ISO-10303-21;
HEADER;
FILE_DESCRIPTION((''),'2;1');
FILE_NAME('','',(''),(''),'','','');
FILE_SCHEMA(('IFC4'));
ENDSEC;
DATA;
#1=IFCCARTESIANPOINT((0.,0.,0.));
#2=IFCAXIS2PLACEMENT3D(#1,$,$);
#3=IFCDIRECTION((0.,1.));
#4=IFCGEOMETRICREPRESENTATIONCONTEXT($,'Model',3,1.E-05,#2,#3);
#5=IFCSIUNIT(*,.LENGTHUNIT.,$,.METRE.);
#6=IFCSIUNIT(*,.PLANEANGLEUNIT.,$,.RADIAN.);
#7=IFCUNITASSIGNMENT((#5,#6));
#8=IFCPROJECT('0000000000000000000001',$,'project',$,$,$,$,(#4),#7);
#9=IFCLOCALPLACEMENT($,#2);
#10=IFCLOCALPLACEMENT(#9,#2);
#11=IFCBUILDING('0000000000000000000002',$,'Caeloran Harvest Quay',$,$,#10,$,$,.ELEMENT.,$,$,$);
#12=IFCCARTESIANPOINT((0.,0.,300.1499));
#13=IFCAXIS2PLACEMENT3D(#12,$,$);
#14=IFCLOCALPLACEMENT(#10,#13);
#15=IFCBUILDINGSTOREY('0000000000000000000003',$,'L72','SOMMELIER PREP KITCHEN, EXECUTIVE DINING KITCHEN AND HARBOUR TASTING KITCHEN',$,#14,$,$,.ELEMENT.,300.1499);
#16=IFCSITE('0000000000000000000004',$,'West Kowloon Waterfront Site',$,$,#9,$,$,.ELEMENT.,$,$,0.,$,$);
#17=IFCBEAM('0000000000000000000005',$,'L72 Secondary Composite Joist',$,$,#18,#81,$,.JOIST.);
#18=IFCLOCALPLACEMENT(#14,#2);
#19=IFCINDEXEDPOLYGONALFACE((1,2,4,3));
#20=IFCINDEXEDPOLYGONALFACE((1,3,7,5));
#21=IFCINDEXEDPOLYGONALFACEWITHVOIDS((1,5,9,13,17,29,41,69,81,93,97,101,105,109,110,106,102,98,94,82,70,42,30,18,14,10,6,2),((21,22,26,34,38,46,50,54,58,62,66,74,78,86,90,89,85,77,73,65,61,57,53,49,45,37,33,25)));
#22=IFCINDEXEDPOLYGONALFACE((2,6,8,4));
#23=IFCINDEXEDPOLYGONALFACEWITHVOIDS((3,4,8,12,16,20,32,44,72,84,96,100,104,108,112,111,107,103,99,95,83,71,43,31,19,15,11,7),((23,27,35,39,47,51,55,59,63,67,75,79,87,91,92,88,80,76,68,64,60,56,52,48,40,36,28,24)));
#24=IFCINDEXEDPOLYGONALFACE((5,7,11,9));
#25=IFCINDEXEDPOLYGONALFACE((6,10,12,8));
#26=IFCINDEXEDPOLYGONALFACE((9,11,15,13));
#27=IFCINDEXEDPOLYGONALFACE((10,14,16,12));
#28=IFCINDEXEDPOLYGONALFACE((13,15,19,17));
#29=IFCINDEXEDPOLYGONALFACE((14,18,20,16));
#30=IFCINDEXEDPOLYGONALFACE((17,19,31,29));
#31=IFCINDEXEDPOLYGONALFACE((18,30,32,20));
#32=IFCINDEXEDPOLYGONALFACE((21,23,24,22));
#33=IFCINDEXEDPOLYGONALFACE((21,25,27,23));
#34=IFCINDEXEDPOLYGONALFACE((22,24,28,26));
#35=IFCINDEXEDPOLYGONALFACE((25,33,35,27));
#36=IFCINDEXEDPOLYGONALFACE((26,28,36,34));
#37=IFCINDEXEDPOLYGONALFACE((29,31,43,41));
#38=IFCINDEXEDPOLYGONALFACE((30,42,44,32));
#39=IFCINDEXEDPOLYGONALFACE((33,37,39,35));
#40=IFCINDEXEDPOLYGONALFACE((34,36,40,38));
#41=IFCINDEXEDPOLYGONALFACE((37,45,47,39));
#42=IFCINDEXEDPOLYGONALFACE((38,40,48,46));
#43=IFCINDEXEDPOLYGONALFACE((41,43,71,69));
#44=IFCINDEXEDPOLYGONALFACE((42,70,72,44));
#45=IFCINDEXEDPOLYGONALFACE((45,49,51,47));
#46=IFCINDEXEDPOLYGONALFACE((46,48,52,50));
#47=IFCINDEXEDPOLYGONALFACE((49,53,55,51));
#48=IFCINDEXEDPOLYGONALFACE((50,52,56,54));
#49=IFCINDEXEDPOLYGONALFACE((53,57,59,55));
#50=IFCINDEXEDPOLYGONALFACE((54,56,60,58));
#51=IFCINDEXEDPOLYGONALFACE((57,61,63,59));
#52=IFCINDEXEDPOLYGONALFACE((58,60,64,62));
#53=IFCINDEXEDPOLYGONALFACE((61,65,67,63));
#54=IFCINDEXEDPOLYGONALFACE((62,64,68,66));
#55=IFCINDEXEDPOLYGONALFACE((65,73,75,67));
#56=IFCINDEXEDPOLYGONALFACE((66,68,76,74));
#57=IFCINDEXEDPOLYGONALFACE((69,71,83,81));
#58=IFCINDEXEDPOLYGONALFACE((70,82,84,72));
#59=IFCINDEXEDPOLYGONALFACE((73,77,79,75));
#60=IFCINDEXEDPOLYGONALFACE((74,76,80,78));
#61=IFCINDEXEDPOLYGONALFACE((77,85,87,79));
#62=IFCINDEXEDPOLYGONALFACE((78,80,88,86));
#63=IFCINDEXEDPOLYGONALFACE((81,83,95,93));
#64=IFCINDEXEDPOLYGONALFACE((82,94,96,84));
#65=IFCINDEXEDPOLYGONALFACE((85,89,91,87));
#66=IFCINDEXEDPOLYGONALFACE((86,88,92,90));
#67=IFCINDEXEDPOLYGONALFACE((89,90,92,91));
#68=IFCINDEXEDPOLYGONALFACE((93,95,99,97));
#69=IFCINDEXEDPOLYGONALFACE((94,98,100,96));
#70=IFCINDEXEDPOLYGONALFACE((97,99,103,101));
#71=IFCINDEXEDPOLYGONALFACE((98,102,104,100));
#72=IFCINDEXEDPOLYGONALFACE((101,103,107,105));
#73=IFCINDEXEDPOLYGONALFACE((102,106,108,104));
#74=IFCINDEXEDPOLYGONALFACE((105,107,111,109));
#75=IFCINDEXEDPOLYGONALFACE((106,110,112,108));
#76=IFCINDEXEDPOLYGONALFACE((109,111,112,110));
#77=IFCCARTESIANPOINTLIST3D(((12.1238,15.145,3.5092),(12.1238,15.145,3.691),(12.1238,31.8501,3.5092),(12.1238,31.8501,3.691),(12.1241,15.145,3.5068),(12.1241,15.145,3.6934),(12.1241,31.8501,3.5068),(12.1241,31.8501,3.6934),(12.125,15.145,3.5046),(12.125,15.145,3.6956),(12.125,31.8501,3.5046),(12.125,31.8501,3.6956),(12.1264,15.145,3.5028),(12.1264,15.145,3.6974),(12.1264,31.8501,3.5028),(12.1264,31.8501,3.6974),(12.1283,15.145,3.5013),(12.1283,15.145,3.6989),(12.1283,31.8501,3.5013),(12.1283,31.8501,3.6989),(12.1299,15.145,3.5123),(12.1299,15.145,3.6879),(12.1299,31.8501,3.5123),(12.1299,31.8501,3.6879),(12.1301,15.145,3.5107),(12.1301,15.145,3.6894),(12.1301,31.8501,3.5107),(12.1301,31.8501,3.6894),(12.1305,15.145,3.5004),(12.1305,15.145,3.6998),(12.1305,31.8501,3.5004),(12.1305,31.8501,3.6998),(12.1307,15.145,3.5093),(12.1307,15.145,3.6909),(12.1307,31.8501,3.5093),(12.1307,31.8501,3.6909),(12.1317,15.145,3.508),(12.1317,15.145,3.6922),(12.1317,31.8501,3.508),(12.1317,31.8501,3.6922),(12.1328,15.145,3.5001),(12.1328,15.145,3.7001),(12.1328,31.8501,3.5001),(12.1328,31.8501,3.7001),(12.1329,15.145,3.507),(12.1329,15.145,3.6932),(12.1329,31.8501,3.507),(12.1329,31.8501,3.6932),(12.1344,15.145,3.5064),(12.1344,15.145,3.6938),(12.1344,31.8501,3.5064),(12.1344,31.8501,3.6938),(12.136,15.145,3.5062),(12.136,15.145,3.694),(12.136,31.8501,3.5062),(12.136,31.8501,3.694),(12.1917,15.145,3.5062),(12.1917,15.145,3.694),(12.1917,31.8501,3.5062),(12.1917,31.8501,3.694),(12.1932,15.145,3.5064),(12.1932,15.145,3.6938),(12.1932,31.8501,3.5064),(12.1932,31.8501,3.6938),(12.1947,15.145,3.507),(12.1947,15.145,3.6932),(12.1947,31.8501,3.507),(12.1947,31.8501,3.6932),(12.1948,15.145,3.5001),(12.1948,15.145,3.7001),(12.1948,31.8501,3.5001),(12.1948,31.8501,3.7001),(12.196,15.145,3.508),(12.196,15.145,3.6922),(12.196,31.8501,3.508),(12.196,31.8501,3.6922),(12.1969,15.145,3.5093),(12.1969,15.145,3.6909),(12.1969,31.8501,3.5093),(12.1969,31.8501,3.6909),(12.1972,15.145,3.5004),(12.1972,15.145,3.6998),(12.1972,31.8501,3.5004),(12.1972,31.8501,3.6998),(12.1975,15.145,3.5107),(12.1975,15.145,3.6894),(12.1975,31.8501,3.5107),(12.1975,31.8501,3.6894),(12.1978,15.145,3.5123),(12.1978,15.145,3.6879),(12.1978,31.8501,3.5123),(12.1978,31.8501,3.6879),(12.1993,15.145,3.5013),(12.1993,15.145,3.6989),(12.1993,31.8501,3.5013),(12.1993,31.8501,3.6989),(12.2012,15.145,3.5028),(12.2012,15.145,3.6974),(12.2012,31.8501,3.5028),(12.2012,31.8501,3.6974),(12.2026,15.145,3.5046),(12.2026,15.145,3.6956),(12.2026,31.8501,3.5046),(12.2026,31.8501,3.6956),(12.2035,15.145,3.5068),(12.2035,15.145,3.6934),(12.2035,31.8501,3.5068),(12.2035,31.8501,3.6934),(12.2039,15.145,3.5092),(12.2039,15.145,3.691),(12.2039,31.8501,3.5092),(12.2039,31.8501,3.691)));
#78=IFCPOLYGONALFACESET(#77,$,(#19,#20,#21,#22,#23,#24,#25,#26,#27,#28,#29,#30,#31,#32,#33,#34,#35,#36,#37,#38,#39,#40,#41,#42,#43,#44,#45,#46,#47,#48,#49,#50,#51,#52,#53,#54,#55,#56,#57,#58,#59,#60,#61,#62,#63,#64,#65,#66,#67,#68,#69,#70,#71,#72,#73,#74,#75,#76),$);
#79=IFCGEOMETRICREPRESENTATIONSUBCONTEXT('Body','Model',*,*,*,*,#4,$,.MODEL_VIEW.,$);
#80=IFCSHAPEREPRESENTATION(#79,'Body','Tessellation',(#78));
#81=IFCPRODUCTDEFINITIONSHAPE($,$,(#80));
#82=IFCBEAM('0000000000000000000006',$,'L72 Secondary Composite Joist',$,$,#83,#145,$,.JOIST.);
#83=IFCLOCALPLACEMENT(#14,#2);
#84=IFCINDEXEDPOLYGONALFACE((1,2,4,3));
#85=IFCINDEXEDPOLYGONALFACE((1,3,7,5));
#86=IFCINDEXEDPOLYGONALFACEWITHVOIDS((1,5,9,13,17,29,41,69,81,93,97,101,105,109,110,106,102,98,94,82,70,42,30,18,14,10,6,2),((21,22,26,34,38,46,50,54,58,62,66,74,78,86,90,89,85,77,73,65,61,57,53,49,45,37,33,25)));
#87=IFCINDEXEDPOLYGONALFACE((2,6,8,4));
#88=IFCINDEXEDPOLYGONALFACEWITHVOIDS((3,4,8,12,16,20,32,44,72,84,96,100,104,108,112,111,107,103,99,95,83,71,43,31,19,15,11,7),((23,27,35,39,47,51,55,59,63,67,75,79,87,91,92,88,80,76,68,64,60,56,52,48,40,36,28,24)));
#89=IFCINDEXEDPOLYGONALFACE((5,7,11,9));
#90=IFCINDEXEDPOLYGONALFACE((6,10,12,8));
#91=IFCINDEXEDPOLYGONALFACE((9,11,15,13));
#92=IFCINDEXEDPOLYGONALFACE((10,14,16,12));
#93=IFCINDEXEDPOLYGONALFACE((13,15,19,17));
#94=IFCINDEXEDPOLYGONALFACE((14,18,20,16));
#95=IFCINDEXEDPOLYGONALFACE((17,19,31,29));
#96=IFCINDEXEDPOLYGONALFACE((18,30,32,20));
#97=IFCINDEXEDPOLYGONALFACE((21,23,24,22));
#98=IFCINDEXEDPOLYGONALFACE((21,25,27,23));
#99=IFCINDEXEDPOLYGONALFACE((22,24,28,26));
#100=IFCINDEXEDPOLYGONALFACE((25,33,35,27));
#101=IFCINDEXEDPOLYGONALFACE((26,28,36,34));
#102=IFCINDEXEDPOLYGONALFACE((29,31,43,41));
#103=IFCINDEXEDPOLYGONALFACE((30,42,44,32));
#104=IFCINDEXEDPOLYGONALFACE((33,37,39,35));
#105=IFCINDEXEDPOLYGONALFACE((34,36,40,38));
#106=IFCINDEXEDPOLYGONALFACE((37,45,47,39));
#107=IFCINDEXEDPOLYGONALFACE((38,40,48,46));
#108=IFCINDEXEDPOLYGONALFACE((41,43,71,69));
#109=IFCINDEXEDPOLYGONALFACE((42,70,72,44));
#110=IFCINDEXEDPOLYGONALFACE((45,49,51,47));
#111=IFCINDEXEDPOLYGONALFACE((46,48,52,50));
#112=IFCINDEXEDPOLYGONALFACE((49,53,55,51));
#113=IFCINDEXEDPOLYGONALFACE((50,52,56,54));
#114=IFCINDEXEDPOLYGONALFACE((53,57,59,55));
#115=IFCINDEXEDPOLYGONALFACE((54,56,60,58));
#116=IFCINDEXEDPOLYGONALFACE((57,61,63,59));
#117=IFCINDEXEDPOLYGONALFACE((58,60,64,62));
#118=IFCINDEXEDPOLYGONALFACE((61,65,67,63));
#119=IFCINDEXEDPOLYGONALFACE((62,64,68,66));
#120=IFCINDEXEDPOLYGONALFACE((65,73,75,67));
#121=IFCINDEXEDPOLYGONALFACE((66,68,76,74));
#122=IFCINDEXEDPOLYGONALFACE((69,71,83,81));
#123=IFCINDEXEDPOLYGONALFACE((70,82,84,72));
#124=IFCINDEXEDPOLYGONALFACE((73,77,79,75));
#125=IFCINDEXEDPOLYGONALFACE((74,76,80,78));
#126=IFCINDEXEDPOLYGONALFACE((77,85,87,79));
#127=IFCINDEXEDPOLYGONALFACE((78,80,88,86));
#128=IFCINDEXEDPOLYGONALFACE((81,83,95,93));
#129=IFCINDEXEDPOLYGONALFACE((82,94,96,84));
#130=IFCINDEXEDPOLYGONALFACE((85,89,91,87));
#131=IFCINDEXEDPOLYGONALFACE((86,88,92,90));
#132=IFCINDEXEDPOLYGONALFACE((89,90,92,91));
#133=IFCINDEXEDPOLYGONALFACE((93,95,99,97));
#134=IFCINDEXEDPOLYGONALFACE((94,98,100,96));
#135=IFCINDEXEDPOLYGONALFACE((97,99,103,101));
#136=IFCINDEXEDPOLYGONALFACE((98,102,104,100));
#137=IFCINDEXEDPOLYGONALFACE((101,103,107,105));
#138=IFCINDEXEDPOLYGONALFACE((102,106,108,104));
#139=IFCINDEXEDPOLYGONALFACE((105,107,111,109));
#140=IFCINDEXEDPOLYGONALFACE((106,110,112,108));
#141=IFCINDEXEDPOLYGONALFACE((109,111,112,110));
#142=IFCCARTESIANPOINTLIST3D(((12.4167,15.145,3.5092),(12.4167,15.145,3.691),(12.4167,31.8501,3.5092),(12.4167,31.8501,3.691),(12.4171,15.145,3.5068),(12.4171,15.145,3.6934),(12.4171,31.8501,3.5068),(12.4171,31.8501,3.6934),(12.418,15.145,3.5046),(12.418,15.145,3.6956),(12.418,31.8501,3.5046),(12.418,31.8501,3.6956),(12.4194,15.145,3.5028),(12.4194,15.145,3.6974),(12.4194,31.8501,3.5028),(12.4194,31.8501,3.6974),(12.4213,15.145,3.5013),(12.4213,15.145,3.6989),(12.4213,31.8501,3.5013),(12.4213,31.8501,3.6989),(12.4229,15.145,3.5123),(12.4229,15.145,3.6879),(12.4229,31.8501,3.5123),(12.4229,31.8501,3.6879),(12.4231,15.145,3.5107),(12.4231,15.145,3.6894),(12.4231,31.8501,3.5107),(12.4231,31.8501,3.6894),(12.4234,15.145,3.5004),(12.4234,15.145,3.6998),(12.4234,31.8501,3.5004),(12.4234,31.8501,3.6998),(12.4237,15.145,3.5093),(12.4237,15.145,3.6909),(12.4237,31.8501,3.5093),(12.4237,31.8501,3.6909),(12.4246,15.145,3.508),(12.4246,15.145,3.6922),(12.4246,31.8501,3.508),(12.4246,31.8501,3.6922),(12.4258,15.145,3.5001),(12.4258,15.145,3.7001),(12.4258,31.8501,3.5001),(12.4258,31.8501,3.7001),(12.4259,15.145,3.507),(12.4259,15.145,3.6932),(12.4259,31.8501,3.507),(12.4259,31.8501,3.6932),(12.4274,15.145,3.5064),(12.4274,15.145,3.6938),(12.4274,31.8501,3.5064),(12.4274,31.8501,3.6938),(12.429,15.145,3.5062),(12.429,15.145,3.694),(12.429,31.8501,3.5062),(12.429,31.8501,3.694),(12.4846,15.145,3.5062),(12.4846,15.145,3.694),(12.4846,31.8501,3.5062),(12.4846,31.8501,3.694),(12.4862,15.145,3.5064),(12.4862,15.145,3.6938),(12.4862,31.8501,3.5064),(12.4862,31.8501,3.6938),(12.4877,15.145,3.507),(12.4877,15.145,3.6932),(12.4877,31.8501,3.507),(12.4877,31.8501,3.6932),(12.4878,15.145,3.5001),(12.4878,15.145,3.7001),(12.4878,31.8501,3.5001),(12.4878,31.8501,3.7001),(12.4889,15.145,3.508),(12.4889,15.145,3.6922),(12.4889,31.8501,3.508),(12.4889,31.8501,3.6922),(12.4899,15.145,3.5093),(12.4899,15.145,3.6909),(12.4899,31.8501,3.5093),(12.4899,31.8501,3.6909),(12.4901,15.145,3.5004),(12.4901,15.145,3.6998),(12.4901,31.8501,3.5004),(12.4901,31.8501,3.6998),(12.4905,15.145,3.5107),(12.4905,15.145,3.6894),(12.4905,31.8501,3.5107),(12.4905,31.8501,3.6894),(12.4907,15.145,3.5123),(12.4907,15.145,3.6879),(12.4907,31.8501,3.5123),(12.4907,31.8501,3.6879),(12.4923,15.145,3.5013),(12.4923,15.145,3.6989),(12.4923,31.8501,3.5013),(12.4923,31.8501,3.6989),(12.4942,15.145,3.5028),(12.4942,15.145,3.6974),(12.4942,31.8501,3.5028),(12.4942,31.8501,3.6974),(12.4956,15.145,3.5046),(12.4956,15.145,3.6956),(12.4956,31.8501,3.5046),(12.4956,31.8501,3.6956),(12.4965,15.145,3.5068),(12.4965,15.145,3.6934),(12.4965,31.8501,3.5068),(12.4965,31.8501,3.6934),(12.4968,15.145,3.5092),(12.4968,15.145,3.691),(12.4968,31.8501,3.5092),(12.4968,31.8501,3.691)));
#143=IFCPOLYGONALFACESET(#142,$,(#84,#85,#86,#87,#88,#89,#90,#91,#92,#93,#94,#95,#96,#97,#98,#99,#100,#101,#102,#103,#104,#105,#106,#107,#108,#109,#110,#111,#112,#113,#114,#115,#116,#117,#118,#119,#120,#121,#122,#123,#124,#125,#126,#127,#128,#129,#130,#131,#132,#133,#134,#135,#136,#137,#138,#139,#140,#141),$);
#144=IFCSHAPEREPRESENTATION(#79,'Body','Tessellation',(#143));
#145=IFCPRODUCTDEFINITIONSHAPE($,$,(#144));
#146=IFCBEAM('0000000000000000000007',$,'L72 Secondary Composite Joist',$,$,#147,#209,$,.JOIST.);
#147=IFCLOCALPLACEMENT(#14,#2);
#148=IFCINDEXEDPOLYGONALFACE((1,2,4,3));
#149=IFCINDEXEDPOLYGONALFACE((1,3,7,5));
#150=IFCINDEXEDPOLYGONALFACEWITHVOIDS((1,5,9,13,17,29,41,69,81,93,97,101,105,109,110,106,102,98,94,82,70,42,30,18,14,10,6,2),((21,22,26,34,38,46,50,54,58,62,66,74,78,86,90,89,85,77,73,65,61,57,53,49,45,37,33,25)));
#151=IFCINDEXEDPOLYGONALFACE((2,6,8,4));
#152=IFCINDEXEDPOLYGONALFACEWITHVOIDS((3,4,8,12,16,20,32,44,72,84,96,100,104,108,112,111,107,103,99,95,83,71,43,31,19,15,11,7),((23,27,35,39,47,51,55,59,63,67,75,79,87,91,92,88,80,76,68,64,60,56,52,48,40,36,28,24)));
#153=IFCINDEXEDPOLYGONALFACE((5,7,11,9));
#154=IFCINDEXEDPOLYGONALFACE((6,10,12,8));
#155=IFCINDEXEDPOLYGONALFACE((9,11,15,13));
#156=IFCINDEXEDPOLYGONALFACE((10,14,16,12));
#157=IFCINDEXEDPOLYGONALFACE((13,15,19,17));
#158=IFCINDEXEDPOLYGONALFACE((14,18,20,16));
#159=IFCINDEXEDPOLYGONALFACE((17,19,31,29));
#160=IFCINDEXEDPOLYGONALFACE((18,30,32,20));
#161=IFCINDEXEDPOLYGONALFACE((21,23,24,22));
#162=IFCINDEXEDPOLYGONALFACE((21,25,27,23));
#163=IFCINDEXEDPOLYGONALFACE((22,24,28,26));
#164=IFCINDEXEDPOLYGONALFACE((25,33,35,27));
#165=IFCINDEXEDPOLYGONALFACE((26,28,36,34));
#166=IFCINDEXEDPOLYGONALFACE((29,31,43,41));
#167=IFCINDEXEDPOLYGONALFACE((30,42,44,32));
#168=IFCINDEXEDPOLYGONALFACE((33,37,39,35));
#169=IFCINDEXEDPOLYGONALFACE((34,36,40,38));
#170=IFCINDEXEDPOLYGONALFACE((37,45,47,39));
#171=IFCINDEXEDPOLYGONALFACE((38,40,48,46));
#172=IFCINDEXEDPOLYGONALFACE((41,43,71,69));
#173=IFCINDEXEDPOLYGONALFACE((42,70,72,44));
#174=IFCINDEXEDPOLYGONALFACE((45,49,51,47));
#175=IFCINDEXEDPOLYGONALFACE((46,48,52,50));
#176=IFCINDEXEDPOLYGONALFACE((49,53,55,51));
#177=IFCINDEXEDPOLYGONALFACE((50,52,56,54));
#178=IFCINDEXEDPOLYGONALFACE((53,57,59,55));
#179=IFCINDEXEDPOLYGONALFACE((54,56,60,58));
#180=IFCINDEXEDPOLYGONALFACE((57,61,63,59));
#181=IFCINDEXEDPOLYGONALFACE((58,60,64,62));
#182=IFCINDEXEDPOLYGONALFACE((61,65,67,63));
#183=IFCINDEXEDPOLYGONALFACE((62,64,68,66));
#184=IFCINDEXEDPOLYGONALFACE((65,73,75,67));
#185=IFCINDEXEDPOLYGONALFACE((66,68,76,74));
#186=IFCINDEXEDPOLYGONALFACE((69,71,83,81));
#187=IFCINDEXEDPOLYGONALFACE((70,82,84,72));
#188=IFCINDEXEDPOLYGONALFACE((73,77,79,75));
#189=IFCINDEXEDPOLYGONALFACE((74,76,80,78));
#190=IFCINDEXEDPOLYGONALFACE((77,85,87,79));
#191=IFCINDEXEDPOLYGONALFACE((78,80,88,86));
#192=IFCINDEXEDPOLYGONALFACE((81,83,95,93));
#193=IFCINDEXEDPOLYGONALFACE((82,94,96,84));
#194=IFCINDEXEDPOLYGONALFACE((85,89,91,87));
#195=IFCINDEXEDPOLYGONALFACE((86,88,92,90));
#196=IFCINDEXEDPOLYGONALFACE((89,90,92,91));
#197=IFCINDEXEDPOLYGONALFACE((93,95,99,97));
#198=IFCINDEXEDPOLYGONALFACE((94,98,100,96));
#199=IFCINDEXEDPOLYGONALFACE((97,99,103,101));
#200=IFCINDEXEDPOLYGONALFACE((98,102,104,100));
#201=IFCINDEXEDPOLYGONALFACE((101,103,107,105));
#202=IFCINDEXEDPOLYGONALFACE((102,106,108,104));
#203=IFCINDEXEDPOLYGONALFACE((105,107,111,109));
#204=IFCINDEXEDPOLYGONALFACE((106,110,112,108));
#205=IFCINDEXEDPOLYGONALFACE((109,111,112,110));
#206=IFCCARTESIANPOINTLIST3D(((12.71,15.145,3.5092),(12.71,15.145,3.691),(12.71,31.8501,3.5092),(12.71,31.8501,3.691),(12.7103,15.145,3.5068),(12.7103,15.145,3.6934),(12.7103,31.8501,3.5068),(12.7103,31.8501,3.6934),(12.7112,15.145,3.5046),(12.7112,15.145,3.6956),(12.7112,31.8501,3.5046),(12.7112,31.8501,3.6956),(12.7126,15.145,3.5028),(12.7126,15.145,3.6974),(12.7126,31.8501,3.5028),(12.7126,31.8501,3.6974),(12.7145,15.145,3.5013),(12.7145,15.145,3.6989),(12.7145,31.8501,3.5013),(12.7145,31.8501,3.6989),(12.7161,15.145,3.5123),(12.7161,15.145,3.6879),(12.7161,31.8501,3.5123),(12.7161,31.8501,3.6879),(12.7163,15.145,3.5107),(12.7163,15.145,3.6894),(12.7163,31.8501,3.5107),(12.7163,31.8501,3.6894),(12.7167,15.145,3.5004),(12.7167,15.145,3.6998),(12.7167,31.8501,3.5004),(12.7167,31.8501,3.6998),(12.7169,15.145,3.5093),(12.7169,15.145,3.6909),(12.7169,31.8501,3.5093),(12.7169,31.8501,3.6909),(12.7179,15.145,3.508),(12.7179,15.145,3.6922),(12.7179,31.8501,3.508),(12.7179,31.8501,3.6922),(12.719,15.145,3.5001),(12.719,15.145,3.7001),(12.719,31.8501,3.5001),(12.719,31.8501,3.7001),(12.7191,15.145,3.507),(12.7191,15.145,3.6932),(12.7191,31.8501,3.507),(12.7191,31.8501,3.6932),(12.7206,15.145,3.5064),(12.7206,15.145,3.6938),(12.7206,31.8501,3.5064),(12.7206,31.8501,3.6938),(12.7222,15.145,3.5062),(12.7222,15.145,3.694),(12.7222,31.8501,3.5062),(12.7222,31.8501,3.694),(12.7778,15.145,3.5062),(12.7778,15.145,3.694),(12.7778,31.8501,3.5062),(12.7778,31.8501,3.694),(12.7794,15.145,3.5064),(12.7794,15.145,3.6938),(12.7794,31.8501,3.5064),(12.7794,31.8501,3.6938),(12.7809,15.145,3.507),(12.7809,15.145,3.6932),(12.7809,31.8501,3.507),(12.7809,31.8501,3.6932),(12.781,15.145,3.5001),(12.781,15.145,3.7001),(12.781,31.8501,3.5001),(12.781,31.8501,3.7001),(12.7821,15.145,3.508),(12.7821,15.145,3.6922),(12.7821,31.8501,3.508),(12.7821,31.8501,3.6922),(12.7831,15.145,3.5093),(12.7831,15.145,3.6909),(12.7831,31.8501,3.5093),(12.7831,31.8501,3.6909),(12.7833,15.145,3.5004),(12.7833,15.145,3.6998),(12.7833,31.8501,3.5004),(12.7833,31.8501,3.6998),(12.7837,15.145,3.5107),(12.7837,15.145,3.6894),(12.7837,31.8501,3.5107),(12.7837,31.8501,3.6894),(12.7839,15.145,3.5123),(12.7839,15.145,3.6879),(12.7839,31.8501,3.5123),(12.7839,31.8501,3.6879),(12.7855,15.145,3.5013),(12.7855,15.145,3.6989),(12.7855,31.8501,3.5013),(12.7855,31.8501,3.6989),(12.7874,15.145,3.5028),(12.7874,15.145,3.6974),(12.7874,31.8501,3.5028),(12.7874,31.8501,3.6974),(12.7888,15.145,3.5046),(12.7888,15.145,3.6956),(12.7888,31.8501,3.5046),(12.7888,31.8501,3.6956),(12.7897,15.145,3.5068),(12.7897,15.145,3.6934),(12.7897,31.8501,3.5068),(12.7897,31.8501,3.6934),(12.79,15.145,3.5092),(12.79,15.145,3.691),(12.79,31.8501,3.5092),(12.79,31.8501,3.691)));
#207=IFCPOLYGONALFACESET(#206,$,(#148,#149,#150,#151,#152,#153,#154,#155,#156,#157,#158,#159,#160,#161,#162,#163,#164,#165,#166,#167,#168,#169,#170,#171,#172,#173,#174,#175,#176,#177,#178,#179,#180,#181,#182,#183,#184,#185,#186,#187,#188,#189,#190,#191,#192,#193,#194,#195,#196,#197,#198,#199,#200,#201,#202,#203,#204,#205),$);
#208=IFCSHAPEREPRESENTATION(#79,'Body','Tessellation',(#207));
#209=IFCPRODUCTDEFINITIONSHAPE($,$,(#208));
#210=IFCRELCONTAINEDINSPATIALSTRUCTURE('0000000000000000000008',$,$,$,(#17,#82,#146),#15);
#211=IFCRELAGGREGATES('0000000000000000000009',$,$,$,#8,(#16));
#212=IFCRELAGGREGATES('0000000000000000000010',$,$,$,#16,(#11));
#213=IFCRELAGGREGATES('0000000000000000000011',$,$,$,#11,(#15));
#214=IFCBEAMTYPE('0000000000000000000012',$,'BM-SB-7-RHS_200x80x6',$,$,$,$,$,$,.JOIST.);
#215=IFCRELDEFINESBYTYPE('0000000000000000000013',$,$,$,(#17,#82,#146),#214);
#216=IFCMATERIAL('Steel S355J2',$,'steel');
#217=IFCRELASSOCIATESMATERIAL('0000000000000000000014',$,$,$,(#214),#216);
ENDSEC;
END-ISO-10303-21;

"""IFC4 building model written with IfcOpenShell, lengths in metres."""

from ifc_helpers import new_model, si_unit, direction, frame, origin, origin_2d, place, context, subcontext, project, spatial, hollow_rectangle, extrude, material, material_profile, profile_set, type_object, element, save


model = new_model("IFC4")

# Units and contexts
model_context = context("Model", 3, precision=1e-05, world=origin(), true_north=direction((0.0, 1.0)))
body_context = subcontext(model_context, "Body", "Model", "MODEL_VIEW")
ifc_project = project(units=[si_unit("LENGTHUNIT", "METRE"), si_unit("PLANEANGLEUNIT", "RADIAN")], contexts=[model_context])

# Site, building, storey
site_placement = place(None, origin())
site = spatial("IfcSite", under=ifc_project, at=site_placement, Name="West Kowloon Waterfront Site", CompositionType="ELEMENT", RefElevation=0.0)
building_placement = place(site_placement, origin())
building = spatial("IfcBuilding", under=site, at=building_placement, Name="Caeloran Harvest Quay", CompositionType="ELEMENT")
storey_placement = place(building_placement, frame((0.0, 0.0, 300.1499)))
storey = spatial("IfcBuildingStorey", under=building, at=storey_placement, Name="L72", Description="SOMMELIER PREP KITCHEN, EXECUTIVE DINING KITCHEN AND HARBOUR TASTING KITCHEN", CompositionType="ELEMENT", Elevation=300.1499)

# Beams
ifc_material_1 = material(Name="Steel S355J2", Category="steel")
ifc_material_profile_1 = material_profile(ifc_material_1, hollow_rectangle(XDim=0.0801, YDim=0.2, WallThickness=0.0061, InnerFilletRadius=0.0061, OuterFilletRadius=0.009, at=origin_2d()), Name="RHS 200x80x6")
ifc_profile_set_1 = profile_set([ifc_material_profile_1], Name="Steel S355J2")
beam_type_1 = type_object("IfcBeamType", Name="BM-SB-7-RHS_200x80x6", PredefinedType="JOIST", material=ifc_profile_set_1)
for number, where, z_axis, x_axis, name in (
    (1, (12.1638, 15.145, 3.6001), (0.0, 1.0, 0.0), (-1.0, 0.0, 0.0), "L72 Secondary Composite Joist"),
    (2, (12.4568, 15.145, 3.6001), (0.0, 1.0, 0.0), (-1.0, 0.0, 0.0), "L72 Secondary Composite Joist"),
    (3, (12.75, 15.145, 3.6001), (0.0, 1.0, 0.0), (-1.0, 0.0, 0.0), "L72 Secondary Composite Joist"),
):
    element("IfcBeam", number, at=place(storey_placement, frame(where, z_axis=z_axis, x_axis=x_axis)), inside=storey, type_object=beam_type_1, Name=name, PredefinedType="JOIST", context=body_context, shape_type="SweptSolid", body=[
        extrude(hollow_rectangle(XDim=0.0801, YDim=0.2, WallThickness=0.0061, InnerFilletRadius=0.0061, OuterFilletRadius=0.009, at=origin_2d()), origin(), (0.0, 0.0, 1.0), 16.7051),
    ])

save(model, "model.ifc")
